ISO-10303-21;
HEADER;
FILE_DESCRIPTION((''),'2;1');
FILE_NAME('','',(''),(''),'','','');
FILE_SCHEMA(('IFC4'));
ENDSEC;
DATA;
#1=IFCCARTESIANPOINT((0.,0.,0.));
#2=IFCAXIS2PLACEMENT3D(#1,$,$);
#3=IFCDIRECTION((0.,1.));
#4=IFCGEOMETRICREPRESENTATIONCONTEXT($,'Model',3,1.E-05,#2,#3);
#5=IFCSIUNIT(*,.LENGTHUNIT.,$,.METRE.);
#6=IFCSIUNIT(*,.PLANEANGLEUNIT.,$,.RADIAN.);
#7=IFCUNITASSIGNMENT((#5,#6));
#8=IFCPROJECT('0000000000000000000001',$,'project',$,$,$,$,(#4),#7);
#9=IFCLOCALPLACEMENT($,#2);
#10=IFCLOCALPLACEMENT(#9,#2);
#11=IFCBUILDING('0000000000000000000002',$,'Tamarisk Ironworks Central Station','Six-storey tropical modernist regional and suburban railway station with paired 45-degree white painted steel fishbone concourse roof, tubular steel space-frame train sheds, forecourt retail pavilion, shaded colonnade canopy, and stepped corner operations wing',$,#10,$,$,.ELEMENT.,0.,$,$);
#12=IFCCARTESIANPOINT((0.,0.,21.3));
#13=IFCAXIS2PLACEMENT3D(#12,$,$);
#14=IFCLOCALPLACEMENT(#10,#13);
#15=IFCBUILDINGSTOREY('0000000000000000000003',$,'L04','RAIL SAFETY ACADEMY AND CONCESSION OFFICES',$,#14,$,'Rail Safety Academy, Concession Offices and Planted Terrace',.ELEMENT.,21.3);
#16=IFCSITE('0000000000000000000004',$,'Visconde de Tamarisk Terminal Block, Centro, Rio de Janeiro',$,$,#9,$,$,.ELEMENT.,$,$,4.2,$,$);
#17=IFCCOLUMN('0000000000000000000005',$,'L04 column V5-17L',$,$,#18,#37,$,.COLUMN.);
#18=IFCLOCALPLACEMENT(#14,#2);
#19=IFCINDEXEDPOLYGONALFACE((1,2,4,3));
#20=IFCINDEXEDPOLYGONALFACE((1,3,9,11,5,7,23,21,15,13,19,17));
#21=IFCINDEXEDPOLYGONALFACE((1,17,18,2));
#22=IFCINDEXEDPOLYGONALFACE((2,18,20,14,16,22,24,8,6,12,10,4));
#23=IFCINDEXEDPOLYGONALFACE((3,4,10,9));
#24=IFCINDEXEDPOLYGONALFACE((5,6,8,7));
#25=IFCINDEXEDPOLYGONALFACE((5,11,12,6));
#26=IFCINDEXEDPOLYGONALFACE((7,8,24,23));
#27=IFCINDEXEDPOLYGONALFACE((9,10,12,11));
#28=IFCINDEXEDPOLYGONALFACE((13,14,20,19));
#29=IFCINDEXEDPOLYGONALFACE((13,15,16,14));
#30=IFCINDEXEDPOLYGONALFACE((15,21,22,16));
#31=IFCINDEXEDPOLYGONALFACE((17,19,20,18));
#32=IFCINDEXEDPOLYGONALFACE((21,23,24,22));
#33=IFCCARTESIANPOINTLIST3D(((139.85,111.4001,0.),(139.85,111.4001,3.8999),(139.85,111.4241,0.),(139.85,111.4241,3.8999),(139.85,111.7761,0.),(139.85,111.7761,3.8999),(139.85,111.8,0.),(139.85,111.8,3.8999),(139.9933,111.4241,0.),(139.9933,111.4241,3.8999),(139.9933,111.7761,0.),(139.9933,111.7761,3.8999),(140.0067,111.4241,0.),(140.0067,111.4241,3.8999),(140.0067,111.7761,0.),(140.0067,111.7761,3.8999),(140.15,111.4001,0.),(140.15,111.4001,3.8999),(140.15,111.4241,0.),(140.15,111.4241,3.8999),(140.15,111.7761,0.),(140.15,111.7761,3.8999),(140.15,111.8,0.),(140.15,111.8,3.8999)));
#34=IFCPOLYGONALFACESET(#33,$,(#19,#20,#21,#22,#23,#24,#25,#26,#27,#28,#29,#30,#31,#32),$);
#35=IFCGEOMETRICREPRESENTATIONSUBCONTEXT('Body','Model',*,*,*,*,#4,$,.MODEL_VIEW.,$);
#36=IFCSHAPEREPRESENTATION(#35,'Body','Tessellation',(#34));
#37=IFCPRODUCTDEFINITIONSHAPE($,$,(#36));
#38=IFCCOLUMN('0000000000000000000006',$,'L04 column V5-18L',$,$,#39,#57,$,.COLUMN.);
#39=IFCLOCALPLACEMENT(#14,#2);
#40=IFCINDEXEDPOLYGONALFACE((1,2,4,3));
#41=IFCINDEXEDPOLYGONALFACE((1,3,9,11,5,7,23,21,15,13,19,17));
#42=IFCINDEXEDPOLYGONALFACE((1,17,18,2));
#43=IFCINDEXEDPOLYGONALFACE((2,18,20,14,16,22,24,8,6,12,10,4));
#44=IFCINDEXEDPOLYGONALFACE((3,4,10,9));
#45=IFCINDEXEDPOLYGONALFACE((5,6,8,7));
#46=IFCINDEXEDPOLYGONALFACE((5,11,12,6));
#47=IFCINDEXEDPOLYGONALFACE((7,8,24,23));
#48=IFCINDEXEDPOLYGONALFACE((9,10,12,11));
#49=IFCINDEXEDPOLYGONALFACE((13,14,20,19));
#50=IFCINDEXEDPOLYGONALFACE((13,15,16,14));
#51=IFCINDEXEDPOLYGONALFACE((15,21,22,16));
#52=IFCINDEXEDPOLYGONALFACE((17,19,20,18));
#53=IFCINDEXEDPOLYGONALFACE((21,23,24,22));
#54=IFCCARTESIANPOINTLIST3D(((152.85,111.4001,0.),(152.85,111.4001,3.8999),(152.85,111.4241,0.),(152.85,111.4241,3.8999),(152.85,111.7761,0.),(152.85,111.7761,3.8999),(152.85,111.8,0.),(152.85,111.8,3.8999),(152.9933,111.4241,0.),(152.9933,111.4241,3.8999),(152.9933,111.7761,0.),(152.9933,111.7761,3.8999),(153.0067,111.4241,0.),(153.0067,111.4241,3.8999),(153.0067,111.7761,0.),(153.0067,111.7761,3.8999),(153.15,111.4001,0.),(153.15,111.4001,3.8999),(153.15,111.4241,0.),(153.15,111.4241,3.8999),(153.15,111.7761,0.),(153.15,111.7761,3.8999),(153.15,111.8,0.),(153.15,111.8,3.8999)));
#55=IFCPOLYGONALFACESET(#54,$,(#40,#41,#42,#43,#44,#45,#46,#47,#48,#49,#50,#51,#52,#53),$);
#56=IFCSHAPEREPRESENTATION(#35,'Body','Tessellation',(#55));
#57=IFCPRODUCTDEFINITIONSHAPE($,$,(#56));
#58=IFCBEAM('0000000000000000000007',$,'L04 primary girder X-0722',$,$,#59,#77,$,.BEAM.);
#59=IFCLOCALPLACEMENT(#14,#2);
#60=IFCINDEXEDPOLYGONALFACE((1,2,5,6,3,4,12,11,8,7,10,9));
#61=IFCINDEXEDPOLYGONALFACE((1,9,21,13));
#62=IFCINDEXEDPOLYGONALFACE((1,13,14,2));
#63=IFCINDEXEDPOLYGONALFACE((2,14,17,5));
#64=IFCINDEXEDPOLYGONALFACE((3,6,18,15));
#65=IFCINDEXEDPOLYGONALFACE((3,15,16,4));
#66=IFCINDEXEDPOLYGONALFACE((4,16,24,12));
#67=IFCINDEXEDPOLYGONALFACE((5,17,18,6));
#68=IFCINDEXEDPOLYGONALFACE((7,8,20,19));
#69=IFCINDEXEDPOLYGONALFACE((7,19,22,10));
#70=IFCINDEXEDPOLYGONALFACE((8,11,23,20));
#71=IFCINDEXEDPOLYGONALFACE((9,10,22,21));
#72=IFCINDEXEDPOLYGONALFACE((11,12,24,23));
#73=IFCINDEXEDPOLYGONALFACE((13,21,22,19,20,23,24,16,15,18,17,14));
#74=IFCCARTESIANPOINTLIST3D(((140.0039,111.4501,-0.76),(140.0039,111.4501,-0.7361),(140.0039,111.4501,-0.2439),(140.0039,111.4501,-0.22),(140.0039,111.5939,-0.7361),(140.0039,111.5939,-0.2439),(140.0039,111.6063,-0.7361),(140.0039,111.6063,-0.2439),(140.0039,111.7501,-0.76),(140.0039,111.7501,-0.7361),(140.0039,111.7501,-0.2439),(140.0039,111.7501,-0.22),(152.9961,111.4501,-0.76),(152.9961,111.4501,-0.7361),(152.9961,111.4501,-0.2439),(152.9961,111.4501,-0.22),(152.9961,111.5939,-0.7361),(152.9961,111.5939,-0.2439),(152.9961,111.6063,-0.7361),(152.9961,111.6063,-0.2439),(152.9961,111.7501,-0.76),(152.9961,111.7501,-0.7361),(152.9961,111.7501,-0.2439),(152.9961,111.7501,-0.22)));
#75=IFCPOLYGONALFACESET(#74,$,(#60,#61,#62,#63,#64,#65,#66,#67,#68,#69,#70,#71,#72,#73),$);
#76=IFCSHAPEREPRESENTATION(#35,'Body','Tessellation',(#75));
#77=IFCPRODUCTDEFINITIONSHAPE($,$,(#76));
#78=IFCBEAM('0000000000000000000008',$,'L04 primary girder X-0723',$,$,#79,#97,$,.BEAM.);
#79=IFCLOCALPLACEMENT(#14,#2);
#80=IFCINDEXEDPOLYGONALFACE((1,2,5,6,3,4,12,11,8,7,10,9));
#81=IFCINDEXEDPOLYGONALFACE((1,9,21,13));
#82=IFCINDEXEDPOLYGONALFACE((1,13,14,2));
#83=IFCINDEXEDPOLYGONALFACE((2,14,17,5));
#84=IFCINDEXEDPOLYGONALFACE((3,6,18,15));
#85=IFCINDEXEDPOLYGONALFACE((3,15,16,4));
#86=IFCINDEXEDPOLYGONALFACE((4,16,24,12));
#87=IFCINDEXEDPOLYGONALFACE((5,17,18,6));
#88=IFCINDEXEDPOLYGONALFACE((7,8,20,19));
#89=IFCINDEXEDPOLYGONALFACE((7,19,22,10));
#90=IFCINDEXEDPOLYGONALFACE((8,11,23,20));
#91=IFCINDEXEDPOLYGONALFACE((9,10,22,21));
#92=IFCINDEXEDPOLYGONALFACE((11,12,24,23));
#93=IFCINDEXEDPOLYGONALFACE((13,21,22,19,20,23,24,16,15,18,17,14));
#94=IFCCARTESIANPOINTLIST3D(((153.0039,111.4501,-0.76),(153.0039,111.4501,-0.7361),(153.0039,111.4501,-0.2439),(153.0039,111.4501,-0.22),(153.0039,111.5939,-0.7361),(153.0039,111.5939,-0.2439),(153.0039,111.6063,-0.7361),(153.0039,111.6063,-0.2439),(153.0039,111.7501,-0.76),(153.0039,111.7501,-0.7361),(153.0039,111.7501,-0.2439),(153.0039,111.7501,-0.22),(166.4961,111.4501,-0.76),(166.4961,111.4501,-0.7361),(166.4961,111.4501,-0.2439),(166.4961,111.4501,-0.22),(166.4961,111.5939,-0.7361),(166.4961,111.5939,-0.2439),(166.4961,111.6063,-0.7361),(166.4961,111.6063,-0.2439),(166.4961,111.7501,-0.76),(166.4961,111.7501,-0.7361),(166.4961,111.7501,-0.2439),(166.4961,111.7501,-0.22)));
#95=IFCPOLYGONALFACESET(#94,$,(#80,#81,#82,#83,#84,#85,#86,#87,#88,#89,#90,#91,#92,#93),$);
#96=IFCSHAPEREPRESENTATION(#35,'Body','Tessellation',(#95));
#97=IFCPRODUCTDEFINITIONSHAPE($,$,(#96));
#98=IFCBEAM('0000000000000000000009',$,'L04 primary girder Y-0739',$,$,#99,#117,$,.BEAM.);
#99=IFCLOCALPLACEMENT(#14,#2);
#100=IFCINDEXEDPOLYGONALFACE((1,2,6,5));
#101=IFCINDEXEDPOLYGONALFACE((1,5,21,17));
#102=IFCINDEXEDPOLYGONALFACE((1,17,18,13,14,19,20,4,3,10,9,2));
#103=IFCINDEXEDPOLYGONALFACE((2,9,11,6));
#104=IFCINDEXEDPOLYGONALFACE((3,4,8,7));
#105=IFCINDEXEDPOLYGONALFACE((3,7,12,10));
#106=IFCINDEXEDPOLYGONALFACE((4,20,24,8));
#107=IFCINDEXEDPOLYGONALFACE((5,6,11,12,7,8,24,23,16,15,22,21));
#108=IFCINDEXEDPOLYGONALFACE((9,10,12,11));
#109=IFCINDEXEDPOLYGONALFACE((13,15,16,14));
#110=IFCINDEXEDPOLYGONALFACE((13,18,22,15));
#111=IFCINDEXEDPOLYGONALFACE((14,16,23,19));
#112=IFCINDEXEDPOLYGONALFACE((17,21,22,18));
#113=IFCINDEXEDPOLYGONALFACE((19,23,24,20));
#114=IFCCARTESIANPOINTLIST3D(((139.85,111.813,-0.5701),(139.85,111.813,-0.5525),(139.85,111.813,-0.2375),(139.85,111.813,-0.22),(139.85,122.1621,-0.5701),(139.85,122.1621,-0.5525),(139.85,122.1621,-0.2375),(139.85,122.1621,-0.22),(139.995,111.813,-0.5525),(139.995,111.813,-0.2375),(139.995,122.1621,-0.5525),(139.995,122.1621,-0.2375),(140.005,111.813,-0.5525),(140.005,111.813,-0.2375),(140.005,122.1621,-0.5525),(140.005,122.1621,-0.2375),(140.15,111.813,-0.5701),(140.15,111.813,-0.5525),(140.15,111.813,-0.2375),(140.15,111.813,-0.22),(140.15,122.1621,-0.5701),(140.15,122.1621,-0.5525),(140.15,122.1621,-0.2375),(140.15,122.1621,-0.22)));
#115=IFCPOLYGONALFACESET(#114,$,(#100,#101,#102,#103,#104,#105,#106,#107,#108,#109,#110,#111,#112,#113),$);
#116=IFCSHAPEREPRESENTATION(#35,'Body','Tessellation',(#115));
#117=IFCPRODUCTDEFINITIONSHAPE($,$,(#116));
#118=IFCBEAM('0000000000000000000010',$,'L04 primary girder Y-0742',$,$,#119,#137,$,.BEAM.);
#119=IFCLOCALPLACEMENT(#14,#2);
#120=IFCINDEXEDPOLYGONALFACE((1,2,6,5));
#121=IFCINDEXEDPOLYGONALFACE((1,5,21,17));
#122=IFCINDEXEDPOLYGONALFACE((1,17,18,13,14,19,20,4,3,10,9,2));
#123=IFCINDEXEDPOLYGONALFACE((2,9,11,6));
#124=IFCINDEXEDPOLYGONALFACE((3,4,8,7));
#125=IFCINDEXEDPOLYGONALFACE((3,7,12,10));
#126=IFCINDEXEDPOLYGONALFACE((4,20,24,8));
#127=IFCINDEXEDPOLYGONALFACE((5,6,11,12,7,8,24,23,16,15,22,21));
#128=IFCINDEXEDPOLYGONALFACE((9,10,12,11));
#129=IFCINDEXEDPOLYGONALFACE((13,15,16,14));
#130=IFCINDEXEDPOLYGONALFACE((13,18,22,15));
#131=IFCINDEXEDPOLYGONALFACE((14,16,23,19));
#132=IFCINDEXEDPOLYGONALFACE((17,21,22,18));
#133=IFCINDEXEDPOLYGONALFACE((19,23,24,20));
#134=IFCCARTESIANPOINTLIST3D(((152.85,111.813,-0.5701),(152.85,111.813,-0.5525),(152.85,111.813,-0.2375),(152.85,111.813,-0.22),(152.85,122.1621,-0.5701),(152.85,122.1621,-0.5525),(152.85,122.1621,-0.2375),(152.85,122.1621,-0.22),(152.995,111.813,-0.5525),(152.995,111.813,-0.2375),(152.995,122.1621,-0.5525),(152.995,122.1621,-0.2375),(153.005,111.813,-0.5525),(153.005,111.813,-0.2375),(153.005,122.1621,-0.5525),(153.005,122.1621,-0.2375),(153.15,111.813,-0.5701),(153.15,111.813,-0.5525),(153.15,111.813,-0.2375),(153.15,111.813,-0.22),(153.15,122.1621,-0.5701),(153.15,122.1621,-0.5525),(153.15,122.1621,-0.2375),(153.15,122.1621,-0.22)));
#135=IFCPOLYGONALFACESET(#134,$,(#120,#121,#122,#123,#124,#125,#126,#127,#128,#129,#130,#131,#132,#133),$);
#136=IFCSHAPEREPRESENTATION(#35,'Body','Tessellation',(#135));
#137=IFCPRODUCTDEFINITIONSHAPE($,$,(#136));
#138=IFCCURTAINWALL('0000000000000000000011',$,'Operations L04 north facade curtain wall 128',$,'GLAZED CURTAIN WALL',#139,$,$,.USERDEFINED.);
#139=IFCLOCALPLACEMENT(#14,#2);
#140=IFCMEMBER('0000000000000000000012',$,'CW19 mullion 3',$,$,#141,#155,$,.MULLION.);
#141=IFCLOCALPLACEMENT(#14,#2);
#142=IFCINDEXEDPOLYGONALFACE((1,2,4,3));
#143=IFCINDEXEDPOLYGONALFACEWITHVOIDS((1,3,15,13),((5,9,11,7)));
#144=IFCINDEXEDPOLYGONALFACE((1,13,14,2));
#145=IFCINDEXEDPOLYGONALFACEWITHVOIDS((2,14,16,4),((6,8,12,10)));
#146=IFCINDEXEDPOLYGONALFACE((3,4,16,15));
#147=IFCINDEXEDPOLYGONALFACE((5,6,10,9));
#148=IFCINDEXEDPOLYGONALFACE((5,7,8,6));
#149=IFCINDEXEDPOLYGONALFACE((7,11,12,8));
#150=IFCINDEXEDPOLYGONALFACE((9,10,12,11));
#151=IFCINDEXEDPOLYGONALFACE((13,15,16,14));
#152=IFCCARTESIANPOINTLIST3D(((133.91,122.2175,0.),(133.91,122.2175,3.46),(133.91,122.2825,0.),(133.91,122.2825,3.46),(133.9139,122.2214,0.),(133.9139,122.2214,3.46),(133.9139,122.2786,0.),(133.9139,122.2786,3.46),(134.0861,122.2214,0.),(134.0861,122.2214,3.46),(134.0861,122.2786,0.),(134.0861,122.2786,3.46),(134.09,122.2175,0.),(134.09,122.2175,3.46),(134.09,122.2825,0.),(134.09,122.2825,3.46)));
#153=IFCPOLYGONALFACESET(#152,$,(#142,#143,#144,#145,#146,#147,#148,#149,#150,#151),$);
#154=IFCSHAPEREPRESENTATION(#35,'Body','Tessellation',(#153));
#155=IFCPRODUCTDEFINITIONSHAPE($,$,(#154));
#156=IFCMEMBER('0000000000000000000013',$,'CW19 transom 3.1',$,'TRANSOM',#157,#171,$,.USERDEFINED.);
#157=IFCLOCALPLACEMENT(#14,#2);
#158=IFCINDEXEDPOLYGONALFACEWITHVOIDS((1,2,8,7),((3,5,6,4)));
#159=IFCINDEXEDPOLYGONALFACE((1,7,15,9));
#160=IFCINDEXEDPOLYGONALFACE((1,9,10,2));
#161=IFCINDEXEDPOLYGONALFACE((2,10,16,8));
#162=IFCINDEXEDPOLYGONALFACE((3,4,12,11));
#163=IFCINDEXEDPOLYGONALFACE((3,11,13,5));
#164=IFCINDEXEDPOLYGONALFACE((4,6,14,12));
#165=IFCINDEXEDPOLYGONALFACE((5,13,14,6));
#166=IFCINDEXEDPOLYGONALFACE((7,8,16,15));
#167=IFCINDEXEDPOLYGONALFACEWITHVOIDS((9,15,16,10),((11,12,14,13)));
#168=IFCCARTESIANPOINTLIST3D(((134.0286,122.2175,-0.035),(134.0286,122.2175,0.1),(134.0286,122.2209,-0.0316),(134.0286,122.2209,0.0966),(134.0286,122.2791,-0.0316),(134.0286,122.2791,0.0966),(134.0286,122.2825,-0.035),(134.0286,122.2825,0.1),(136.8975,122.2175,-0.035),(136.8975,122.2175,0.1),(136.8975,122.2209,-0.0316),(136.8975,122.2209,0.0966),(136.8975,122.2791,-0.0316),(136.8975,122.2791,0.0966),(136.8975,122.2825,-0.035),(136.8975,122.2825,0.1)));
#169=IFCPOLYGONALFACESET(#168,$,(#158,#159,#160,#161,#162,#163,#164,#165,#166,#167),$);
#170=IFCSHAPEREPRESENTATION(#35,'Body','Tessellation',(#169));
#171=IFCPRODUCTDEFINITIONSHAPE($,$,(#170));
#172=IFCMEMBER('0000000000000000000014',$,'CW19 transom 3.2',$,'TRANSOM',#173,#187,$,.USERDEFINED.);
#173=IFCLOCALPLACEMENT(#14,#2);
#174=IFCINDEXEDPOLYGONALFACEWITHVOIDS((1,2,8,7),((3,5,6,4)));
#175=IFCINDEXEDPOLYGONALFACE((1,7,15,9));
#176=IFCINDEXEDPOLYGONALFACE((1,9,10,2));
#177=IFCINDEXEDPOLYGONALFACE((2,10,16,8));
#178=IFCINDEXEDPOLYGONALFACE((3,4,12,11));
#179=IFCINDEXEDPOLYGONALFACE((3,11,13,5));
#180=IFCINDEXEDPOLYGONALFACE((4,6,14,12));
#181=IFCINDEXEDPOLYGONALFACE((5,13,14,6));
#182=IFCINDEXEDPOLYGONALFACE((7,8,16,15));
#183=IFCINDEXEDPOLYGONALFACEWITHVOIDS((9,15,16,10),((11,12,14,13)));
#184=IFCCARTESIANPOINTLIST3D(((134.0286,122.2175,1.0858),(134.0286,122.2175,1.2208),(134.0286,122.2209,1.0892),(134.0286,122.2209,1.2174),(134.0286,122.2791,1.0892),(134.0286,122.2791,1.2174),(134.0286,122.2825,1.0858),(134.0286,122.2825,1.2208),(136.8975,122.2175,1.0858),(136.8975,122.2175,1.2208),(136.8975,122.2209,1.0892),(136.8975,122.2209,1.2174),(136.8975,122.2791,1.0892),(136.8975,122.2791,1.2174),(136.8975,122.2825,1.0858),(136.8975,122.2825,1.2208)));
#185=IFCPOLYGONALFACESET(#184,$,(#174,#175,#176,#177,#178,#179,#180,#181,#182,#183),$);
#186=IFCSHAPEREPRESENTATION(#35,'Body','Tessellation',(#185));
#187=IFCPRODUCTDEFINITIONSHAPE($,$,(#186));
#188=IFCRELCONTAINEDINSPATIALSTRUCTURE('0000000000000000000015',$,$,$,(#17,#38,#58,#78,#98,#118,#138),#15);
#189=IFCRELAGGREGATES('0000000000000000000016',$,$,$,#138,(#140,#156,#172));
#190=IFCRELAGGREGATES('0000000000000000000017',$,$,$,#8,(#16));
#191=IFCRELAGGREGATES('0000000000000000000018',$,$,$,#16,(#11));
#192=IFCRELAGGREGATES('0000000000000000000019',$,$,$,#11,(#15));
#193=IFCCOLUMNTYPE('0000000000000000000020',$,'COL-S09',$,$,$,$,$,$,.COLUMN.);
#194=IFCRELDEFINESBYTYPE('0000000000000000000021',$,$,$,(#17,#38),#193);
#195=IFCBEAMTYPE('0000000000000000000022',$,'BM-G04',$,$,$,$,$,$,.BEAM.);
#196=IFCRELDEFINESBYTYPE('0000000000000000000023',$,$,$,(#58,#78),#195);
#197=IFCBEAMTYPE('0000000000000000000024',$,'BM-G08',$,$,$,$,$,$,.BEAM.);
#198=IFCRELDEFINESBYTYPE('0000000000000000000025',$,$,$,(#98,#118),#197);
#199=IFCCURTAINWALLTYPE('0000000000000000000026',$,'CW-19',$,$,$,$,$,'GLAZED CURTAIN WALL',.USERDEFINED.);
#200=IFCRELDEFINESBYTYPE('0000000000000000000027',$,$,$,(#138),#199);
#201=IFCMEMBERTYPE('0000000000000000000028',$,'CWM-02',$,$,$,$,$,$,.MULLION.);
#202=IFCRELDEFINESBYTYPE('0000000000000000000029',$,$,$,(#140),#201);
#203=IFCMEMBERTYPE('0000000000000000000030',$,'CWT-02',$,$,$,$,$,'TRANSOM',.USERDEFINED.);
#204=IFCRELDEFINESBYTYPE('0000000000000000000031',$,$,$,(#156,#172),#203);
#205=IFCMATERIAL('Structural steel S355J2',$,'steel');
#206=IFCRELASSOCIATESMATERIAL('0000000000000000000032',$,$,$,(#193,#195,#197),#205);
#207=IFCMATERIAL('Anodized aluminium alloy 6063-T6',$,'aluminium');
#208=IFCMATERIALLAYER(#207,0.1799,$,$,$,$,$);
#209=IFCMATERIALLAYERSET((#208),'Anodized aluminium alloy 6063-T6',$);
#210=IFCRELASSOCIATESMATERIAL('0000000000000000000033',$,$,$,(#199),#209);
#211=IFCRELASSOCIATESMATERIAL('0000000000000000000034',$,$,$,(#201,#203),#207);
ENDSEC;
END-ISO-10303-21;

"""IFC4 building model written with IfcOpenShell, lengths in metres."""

from ifc_helpers import new_model, si_unit, direction, frame, origin, origin_2d, place, context, subcontext, project, spatial, hollow_rectangle, i_section, extrude, material, layer, layer_set, material_profile, profile_set, type_object, element, aggregate, save


model = new_model("IFC4")

# Units and contexts
model_context = context("Model", 3, precision=1e-05, world=origin(), true_north=direction((0.0, 1.0)))
body_context = subcontext(model_context, "Body", "Model", "MODEL_VIEW")
ifc_project = project(units=[si_unit("LENGTHUNIT", "METRE"), si_unit("PLANEANGLEUNIT", "RADIAN")], contexts=[model_context])

# Site, building, storey
site_placement = place(None, origin())
site = spatial("IfcSite", under=ifc_project, at=site_placement, Name="Visconde de Tamarisk Terminal Block, Centro, Rio de Janeiro", CompositionType="ELEMENT", RefElevation=4.2)
building_placement = place(site_placement, origin())
building = spatial("IfcBuilding", under=site, at=building_placement, Name="Tamarisk Ironworks Central Station", Description="Six-storey tropical modernist regional and suburban railway station with paired 45-degree white painted steel fishbone concourse roof, tubular steel space-frame train sheds, forecourt retail pavilion, shaded colonnade canopy, and stepped corner operations wing", CompositionType="ELEMENT", ElevationOfRefHeight=0.0)
storey_placement = place(building_placement, frame((0.0, 0.0, 21.3)))
storey = spatial("IfcBuildingStorey", under=building, at=storey_placement, Name="L04", Description="RAIL SAFETY ACADEMY AND CONCESSION OFFICES", LongName="Rail Safety Academy, Concession Offices and Planted Terrace", CompositionType="ELEMENT", Elevation=21.3)

# Columns
ifc_material_1 = material(Name="Structural steel S355J2", Category="steel")
ifc_material_profile_1 = material_profile(ifc_material_1, i_section(OverallWidth=0.3, OverallDepth=0.3999, WebThickness=0.0134, FlangeThickness=0.0239, at=origin_2d()), Name="HEB 400")
ifc_profile_set_1 = profile_set([ifc_material_profile_1], Name="Structural steel S355J2")
column_type = type_object("IfcColumnType", Name="COL-S09", PredefinedType="COLUMN", material=ifc_profile_set_1)
for number, where, z_axis, x_axis, name in (
    (1, (140.0, 111.6001, 0.0), (0.0, 0.0, 1.0), (1.0, 0.0, 0.0), "L04 column V5-17L"),
    (2, (153.0, 111.6001, 0.0), (0.0, 0.0, 1.0), (1.0, 0.0, 0.0), "L04 column V5-18L"),
):
    element("IfcColumn", number, at=place(storey_placement, frame(where, z_axis=z_axis, x_axis=x_axis)), inside=storey, type_object=column_type, Name=name, PredefinedType="COLUMN", context=body_context, shape_type="SweptSolid", body=[
        extrude(i_section(OverallWidth=0.3, OverallDepth=0.3999, WebThickness=0.0134, FlangeThickness=0.0239, at=origin_2d()), origin(), (0.0, 0.0, 1.0), 3.8999),
    ])

# Beams
ifc_material_profile_2 = material_profile(ifc_material_1, i_section(OverallWidth=0.3, OverallDepth=0.54, WebThickness=0.0125, FlangeThickness=0.0239, at=origin_2d()), Name="HEA 550")
ifc_profile_set_2 = profile_set([ifc_material_profile_2], Name="Structural steel S355J2")
beam_type_1 = type_object("IfcBeamType", Name="BM-G04", PredefinedType="BEAM", material=ifc_profile_set_2)
beam_1_placement = place(storey_placement, frame((140.0039, 111.6001, -0.49), z_axis=(1.0, 0.0, 0.0), x_axis=(0.0, 1.0, 0.0)))
element("IfcBeam", 3, at=beam_1_placement, inside=storey, type_object=beam_type_1, Name="L04 primary girder X-0722", PredefinedType="BEAM", context=body_context, shape_type="SweptSolid", body=[
    extrude(i_section(OverallWidth=0.3, OverallDepth=0.54, WebThickness=0.0125, FlangeThickness=0.0239, at=origin_2d()), origin(), (0.0, 0.0, 1.0), 12.9922),
])
beam_2_placement = place(storey_placement, frame((153.0039, 111.6001, -0.49), z_axis=(1.0, 0.0, 0.0), x_axis=(0.0, 1.0, 0.0)))
element("IfcBeam", 4, at=beam_2_placement, inside=storey, type_object=beam_type_1, Name="L04 primary girder X-0723", PredefinedType="BEAM", context=body_context, shape_type="SweptSolid", body=[
    extrude(i_section(OverallWidth=0.3, OverallDepth=0.54, WebThickness=0.0125, FlangeThickness=0.0239, at=origin_2d()), origin(), (0.0, 0.0, 1.0), 13.4922),
])
ifc_material_profile_3 = material_profile(ifc_material_1, i_section(OverallWidth=0.3, OverallDepth=0.3501, WebThickness=0.01, FlangeThickness=0.0176, at=origin_2d()), Name="HEA 360")
ifc_profile_set_3 = profile_set([ifc_material_profile_3], Name="Structural steel S355J2")
beam_type_2 = type_object("IfcBeamType", Name="BM-G08", PredefinedType="BEAM", material=ifc_profile_set_3)
for number, where, z_axis, x_axis, name in (
    (5, (140.0, 111.813, -0.395), (0.0, 1.0, 0.0), (-1.0, 0.0, 0.0), "L04 primary girder Y-0739"),
    (6, (153.0, 111.813, -0.395), (0.0, 1.0, 0.0), (-1.0, 0.0, 0.0), "L04 primary girder Y-0742"),
):
    element("IfcBeam", number, at=place(storey_placement, frame(where, z_axis=z_axis, x_axis=x_axis)), inside=storey, type_object=beam_type_2, Name=name, PredefinedType="BEAM", context=body_context, shape_type="SweptSolid", body=[
        extrude(i_section(OverallWidth=0.3, OverallDepth=0.3501, WebThickness=0.01, FlangeThickness=0.0176, at=origin_2d()), origin(), (0.0, 0.0, 1.0), 10.3491),
    ])

# Curtain wall, members
ifc_material_2 = material(Name="Anodized aluminium alloy 6063-T6", Category="aluminium")
ifc_layer_1 = layer(ifc_material_2, 0.1799)
ifc_layer_set_1 = layer_set([ifc_layer_1], Name="Anodized aluminium alloy 6063-T6")
curtain_wall_type = type_object("IfcCurtainWallType", Name="CW-19", ElementType="GLAZED CURTAIN WALL", PredefinedType="USERDEFINED", material=ifc_layer_set_1)
curtain_wall_placement = place(storey_placement, origin())
curtain_wall = element("IfcCurtainWall", 7, at=curtain_wall_placement, inside=storey, type_object=curtain_wall_type, Name="Operations L04 north facade curtain wall 128", ObjectType="GLAZED CURTAIN WALL", PredefinedType="USERDEFINED")
ifc_material_profile_4 = material_profile(ifc_material_2, hollow_rectangle(XDim=0.0649, YDim=0.1799, WallThickness=0.0039, at=origin_2d()), Name="ALUM 180x65")
ifc_profile_set_4 = profile_set([ifc_material_profile_4], Name="Anodized aluminium alloy 6063-T6")
member_type_1 = type_object("IfcMemberType", Name="CWM-02", PredefinedType="MULLION", material=ifc_profile_set_4)
member_1_placement = place(storey_placement, frame((134.0, 122.25, 0.0), z_axis=(0.0, 0.0, 1.0), x_axis=(0.0, 1.0, 0.0)))
member_1 = element("IfcMember", 8, at=member_1_placement, type_object=member_type_1, Name="CW19 mullion 3", PredefinedType="MULLION", context=body_context, shape_type="SweptSolid", body=[
    extrude(hollow_rectangle(XDim=0.0649, YDim=0.1799, WallThickness=0.0039, at=origin_2d()), origin(), (0.0, 0.0, 1.0), 3.46),
])
ifc_material_profile_5 = material_profile(ifc_material_2, hollow_rectangle(XDim=0.0649, YDim=0.135, WallThickness=0.0034, at=origin_2d()), Name="ALUM 135x65")
ifc_profile_set_5 = profile_set([ifc_material_profile_5], Name="Anodized aluminium alloy 6063-T6")
member_type_2 = type_object("IfcMemberType", Name="CWT-02", ElementType="TRANSOM", PredefinedType="USERDEFINED", material=ifc_profile_set_5)
member_2_placement = place(storey_placement, frame((134.0286, 122.25, 0.0325), z_axis=(1.0, 0.0, 0.0), x_axis=(0.0, 1.0, 0.0)))
member_2 = element("IfcMember", 9, at=member_2_placement, type_object=member_type_2, Name="CW19 transom 3.1", ObjectType="TRANSOM", PredefinedType="USERDEFINED", context=body_context, shape_type="SweptSolid", body=[
    extrude(hollow_rectangle(XDim=0.0649, YDim=0.135, WallThickness=0.0034, at=origin_2d()), origin(), (0.0, 0.0, 1.0), 2.8689),
])
member_3_placement = place(storey_placement, frame((134.0286, 122.25, 1.1533), z_axis=(1.0, 0.0, 0.0), x_axis=(0.0, 1.0, 0.0)))
member_3 = element("IfcMember", 10, at=member_3_placement, type_object=member_type_2, Name="CW19 transom 3.2", ObjectType="TRANSOM", PredefinedType="USERDEFINED", context=body_context, shape_type="SweptSolid", body=[
    extrude(hollow_rectangle(XDim=0.0649, YDim=0.135, WallThickness=0.0034, at=origin_2d()), origin(), (0.0, 0.0, 1.0), 2.8689),
])
aggregate(curtain_wall, [member_1, member_2, member_3])

save(model, "model.ifc")
